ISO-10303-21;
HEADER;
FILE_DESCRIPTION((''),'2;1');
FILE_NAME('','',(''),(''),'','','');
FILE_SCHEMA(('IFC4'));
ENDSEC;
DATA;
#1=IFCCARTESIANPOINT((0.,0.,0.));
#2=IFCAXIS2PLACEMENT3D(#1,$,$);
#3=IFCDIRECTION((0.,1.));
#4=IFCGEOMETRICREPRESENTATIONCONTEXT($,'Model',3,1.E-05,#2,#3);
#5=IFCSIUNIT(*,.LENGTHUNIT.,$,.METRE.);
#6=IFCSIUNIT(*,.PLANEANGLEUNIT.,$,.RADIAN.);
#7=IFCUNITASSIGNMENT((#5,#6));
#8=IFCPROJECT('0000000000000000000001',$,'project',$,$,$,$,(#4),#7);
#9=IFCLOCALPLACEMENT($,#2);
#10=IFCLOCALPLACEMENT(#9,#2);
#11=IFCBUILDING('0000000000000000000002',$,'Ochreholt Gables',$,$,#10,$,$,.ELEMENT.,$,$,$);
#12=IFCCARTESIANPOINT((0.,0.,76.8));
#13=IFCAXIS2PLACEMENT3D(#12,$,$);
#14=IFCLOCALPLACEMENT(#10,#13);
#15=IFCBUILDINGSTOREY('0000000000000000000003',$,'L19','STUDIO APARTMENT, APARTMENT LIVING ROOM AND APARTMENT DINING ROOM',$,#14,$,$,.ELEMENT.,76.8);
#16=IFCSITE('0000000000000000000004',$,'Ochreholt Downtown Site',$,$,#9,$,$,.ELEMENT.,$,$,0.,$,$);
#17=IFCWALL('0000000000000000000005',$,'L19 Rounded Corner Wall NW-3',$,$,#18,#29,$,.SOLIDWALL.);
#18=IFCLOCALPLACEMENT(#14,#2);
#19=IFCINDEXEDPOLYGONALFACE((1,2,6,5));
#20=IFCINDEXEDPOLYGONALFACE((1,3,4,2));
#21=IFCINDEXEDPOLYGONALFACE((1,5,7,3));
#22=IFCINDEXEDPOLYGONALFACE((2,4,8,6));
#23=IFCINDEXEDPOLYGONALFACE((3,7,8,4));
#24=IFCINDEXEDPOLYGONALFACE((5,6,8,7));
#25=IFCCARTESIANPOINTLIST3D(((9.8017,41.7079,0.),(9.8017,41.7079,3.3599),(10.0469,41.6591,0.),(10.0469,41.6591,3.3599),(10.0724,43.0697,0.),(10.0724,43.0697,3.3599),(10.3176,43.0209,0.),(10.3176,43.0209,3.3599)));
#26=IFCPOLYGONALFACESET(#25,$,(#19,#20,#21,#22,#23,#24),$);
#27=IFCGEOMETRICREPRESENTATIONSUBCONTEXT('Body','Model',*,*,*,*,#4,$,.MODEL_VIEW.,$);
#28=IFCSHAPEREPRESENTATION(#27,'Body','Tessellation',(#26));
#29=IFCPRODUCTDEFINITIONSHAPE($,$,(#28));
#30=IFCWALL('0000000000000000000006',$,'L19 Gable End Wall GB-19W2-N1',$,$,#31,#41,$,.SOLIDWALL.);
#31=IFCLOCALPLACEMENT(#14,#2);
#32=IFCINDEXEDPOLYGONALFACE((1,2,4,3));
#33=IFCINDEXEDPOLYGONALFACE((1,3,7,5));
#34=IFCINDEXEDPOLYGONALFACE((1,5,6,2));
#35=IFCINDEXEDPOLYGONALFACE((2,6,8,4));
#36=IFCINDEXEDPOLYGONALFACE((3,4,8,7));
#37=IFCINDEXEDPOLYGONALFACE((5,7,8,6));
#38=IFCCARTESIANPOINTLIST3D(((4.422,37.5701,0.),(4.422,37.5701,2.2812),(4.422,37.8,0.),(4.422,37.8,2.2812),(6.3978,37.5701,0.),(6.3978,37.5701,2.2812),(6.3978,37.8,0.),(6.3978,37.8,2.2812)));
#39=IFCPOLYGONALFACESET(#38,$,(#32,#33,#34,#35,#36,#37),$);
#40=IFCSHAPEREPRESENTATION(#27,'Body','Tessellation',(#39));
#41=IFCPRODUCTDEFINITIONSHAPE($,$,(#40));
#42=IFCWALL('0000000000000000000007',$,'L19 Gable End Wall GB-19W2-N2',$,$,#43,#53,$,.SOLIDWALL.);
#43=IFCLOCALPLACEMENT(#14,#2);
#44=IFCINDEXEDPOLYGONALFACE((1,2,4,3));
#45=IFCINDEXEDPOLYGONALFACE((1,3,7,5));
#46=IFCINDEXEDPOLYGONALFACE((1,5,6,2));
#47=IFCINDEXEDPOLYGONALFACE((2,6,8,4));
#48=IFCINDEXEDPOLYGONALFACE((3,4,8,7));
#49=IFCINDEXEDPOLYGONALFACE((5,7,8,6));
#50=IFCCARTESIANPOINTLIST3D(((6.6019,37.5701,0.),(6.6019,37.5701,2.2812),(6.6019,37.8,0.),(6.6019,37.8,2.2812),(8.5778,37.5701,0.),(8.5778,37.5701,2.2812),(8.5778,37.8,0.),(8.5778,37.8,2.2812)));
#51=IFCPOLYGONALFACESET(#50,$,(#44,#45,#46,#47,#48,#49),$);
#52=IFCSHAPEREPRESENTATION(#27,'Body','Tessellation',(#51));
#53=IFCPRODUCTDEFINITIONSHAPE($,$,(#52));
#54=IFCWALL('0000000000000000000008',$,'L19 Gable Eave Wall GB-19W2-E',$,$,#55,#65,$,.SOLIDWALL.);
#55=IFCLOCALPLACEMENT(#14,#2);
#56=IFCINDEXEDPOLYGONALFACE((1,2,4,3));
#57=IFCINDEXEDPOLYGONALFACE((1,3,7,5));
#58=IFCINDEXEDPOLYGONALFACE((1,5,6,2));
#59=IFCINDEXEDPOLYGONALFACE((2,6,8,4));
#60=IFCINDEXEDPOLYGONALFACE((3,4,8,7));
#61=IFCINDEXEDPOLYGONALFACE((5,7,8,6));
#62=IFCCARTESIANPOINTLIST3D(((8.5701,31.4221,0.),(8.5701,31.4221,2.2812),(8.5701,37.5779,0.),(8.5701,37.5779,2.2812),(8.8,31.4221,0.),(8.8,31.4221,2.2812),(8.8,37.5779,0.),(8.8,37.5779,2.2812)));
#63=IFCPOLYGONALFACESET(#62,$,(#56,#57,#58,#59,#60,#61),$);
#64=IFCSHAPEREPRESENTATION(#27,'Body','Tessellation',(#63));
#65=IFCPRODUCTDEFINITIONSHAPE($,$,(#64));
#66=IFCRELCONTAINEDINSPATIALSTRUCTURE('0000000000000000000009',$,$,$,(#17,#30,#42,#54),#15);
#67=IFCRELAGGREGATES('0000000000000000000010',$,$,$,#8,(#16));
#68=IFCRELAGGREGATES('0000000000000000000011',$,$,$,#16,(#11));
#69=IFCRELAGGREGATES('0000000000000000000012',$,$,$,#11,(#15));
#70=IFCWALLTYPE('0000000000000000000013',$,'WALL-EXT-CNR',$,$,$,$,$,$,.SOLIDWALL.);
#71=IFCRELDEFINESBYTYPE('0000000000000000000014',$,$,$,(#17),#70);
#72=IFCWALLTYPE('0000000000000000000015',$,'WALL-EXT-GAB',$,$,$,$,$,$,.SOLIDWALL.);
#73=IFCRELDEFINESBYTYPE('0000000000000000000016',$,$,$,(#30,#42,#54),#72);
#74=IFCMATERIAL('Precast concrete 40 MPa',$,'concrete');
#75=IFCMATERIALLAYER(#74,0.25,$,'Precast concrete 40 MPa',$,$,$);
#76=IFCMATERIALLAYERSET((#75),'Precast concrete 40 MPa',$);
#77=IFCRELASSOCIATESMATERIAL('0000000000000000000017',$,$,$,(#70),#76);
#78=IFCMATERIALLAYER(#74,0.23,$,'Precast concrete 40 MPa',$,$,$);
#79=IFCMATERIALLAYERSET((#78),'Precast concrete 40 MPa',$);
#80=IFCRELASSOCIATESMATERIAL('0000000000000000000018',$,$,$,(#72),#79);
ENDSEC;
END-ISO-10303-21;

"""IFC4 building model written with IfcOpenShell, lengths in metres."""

from ifc_helpers import new_model, si_unit, direction, frame, frame_2d, origin, place, context, subcontext, project, spatial, rectangle, extrude, material, layer, layer_set, type_object, element, save


model = new_model("IFC4")

# Units and contexts
model_context = context("Model", 3, precision=1e-05, world=origin(), true_north=direction((0.0, 1.0)))
body_context = subcontext(model_context, "Body", "Model", "MODEL_VIEW")
ifc_project = project(units=[si_unit("LENGTHUNIT", "METRE"), si_unit("PLANEANGLEUNIT", "RADIAN")], contexts=[model_context])

# Site, building, storey
site_placement = place(None, origin())
site = spatial("IfcSite", under=ifc_project, at=site_placement, Name="Ochreholt Downtown Site", CompositionType="ELEMENT", RefElevation=0.0)
building_placement = place(site_placement, origin())
building = spatial("IfcBuilding", under=site, at=building_placement, Name="Ochreholt Gables", CompositionType="ELEMENT")
storey_placement = place(building_placement, frame((0.0, 0.0, 76.8)))
storey = spatial("IfcBuildingStorey", under=building, at=storey_placement, Name="L19", Description="STUDIO APARTMENT, APARTMENT LIVING ROOM AND APARTMENT DINING ROOM", CompositionType="ELEMENT", Elevation=76.8)

# Shared definitions
ifc_material_1 = material(Name="Precast concrete 40 MPa", Category="concrete")

# Walls
ifc_layer_1 = layer(ifc_material_1, 0.25, Name="Precast concrete 40 MPa")
ifc_layer_set_1 = layer_set([ifc_layer_1], Name="Precast concrete 40 MPa")
wall_type_1 = type_object("IfcWallType", Name="WALL-EXT-CNR", PredefinedType="SOLIDWALL", material=ifc_layer_set_1)
wall_1_placement = place(storey_placement, frame((10.1951, 43.0454, 0.0), z_axis=(0.0, 0.0, 1.0), x_axis=(-0.195, -0.980803, 0.0)))
element("IfcWall", 1, at=wall_1_placement, inside=storey, type_object=wall_type_1, Name="L19 Rounded Corner Wall NW-3", PredefinedType="SOLIDWALL", context=body_context, shape_type="SweptSolid", body=[
    extrude(rectangle(XDim=1.3884, YDim=0.25, at=frame_2d((0.6943, 0.0))), origin(), (0.0, 0.0, 1.0), 3.3599),
])
ifc_layer_2 = layer(ifc_material_1, 0.23, Name="Precast concrete 40 MPa")
ifc_layer_set_2 = layer_set([ifc_layer_2], Name="Precast concrete 40 MPa")
wall_type_2 = type_object("IfcWallType", Name="WALL-EXT-GAB", PredefinedType="SOLIDWALL", material=ifc_layer_set_2)
for number, where, z_axis, x_axis, name in (
    (2, (4.4221, 37.6851, 0.0), (0.0, 0.0, 1.0), (1.0, 0.0, 0.0), "L19 Gable End Wall GB-19W2-N1"),
    (3, (6.6021, 37.6851, 0.0), (0.0, 0.0, 1.0), (1.0, 0.0, 0.0), "L19 Gable End Wall GB-19W2-N2"),
):
    element("IfcWall", number, at=place(storey_placement, frame(where, z_axis=z_axis, x_axis=x_axis)), inside=storey, type_object=wall_type_2, Name=name, PredefinedType="SOLIDWALL", context=body_context, shape_type="SweptSolid", body=[
        extrude(rectangle(XDim=1.9758, YDim=0.23, at=frame_2d((0.9878, 0.0))), origin(), (0.0, 0.0, 1.0), 2.2812),
    ])
wall_2_placement = place(storey_placement, frame((8.6851, 31.4221, 0.0), z_axis=(0.0, 0.0, 1.0), x_axis=(0.0, 1.0, 0.0)))
element("IfcWall", 4, at=wall_2_placement, inside=storey, type_object=wall_type_2, Name="L19 Gable Eave Wall GB-19W2-E", PredefinedType="SOLIDWALL", context=body_context, shape_type="SweptSolid", body=[
    extrude(rectangle(XDim=6.1558, YDim=0.23, at=frame_2d((3.0779, 0.0))), origin(), (0.0, 0.0, 1.0), 2.2812),
])

save(model, "model.ifc")
